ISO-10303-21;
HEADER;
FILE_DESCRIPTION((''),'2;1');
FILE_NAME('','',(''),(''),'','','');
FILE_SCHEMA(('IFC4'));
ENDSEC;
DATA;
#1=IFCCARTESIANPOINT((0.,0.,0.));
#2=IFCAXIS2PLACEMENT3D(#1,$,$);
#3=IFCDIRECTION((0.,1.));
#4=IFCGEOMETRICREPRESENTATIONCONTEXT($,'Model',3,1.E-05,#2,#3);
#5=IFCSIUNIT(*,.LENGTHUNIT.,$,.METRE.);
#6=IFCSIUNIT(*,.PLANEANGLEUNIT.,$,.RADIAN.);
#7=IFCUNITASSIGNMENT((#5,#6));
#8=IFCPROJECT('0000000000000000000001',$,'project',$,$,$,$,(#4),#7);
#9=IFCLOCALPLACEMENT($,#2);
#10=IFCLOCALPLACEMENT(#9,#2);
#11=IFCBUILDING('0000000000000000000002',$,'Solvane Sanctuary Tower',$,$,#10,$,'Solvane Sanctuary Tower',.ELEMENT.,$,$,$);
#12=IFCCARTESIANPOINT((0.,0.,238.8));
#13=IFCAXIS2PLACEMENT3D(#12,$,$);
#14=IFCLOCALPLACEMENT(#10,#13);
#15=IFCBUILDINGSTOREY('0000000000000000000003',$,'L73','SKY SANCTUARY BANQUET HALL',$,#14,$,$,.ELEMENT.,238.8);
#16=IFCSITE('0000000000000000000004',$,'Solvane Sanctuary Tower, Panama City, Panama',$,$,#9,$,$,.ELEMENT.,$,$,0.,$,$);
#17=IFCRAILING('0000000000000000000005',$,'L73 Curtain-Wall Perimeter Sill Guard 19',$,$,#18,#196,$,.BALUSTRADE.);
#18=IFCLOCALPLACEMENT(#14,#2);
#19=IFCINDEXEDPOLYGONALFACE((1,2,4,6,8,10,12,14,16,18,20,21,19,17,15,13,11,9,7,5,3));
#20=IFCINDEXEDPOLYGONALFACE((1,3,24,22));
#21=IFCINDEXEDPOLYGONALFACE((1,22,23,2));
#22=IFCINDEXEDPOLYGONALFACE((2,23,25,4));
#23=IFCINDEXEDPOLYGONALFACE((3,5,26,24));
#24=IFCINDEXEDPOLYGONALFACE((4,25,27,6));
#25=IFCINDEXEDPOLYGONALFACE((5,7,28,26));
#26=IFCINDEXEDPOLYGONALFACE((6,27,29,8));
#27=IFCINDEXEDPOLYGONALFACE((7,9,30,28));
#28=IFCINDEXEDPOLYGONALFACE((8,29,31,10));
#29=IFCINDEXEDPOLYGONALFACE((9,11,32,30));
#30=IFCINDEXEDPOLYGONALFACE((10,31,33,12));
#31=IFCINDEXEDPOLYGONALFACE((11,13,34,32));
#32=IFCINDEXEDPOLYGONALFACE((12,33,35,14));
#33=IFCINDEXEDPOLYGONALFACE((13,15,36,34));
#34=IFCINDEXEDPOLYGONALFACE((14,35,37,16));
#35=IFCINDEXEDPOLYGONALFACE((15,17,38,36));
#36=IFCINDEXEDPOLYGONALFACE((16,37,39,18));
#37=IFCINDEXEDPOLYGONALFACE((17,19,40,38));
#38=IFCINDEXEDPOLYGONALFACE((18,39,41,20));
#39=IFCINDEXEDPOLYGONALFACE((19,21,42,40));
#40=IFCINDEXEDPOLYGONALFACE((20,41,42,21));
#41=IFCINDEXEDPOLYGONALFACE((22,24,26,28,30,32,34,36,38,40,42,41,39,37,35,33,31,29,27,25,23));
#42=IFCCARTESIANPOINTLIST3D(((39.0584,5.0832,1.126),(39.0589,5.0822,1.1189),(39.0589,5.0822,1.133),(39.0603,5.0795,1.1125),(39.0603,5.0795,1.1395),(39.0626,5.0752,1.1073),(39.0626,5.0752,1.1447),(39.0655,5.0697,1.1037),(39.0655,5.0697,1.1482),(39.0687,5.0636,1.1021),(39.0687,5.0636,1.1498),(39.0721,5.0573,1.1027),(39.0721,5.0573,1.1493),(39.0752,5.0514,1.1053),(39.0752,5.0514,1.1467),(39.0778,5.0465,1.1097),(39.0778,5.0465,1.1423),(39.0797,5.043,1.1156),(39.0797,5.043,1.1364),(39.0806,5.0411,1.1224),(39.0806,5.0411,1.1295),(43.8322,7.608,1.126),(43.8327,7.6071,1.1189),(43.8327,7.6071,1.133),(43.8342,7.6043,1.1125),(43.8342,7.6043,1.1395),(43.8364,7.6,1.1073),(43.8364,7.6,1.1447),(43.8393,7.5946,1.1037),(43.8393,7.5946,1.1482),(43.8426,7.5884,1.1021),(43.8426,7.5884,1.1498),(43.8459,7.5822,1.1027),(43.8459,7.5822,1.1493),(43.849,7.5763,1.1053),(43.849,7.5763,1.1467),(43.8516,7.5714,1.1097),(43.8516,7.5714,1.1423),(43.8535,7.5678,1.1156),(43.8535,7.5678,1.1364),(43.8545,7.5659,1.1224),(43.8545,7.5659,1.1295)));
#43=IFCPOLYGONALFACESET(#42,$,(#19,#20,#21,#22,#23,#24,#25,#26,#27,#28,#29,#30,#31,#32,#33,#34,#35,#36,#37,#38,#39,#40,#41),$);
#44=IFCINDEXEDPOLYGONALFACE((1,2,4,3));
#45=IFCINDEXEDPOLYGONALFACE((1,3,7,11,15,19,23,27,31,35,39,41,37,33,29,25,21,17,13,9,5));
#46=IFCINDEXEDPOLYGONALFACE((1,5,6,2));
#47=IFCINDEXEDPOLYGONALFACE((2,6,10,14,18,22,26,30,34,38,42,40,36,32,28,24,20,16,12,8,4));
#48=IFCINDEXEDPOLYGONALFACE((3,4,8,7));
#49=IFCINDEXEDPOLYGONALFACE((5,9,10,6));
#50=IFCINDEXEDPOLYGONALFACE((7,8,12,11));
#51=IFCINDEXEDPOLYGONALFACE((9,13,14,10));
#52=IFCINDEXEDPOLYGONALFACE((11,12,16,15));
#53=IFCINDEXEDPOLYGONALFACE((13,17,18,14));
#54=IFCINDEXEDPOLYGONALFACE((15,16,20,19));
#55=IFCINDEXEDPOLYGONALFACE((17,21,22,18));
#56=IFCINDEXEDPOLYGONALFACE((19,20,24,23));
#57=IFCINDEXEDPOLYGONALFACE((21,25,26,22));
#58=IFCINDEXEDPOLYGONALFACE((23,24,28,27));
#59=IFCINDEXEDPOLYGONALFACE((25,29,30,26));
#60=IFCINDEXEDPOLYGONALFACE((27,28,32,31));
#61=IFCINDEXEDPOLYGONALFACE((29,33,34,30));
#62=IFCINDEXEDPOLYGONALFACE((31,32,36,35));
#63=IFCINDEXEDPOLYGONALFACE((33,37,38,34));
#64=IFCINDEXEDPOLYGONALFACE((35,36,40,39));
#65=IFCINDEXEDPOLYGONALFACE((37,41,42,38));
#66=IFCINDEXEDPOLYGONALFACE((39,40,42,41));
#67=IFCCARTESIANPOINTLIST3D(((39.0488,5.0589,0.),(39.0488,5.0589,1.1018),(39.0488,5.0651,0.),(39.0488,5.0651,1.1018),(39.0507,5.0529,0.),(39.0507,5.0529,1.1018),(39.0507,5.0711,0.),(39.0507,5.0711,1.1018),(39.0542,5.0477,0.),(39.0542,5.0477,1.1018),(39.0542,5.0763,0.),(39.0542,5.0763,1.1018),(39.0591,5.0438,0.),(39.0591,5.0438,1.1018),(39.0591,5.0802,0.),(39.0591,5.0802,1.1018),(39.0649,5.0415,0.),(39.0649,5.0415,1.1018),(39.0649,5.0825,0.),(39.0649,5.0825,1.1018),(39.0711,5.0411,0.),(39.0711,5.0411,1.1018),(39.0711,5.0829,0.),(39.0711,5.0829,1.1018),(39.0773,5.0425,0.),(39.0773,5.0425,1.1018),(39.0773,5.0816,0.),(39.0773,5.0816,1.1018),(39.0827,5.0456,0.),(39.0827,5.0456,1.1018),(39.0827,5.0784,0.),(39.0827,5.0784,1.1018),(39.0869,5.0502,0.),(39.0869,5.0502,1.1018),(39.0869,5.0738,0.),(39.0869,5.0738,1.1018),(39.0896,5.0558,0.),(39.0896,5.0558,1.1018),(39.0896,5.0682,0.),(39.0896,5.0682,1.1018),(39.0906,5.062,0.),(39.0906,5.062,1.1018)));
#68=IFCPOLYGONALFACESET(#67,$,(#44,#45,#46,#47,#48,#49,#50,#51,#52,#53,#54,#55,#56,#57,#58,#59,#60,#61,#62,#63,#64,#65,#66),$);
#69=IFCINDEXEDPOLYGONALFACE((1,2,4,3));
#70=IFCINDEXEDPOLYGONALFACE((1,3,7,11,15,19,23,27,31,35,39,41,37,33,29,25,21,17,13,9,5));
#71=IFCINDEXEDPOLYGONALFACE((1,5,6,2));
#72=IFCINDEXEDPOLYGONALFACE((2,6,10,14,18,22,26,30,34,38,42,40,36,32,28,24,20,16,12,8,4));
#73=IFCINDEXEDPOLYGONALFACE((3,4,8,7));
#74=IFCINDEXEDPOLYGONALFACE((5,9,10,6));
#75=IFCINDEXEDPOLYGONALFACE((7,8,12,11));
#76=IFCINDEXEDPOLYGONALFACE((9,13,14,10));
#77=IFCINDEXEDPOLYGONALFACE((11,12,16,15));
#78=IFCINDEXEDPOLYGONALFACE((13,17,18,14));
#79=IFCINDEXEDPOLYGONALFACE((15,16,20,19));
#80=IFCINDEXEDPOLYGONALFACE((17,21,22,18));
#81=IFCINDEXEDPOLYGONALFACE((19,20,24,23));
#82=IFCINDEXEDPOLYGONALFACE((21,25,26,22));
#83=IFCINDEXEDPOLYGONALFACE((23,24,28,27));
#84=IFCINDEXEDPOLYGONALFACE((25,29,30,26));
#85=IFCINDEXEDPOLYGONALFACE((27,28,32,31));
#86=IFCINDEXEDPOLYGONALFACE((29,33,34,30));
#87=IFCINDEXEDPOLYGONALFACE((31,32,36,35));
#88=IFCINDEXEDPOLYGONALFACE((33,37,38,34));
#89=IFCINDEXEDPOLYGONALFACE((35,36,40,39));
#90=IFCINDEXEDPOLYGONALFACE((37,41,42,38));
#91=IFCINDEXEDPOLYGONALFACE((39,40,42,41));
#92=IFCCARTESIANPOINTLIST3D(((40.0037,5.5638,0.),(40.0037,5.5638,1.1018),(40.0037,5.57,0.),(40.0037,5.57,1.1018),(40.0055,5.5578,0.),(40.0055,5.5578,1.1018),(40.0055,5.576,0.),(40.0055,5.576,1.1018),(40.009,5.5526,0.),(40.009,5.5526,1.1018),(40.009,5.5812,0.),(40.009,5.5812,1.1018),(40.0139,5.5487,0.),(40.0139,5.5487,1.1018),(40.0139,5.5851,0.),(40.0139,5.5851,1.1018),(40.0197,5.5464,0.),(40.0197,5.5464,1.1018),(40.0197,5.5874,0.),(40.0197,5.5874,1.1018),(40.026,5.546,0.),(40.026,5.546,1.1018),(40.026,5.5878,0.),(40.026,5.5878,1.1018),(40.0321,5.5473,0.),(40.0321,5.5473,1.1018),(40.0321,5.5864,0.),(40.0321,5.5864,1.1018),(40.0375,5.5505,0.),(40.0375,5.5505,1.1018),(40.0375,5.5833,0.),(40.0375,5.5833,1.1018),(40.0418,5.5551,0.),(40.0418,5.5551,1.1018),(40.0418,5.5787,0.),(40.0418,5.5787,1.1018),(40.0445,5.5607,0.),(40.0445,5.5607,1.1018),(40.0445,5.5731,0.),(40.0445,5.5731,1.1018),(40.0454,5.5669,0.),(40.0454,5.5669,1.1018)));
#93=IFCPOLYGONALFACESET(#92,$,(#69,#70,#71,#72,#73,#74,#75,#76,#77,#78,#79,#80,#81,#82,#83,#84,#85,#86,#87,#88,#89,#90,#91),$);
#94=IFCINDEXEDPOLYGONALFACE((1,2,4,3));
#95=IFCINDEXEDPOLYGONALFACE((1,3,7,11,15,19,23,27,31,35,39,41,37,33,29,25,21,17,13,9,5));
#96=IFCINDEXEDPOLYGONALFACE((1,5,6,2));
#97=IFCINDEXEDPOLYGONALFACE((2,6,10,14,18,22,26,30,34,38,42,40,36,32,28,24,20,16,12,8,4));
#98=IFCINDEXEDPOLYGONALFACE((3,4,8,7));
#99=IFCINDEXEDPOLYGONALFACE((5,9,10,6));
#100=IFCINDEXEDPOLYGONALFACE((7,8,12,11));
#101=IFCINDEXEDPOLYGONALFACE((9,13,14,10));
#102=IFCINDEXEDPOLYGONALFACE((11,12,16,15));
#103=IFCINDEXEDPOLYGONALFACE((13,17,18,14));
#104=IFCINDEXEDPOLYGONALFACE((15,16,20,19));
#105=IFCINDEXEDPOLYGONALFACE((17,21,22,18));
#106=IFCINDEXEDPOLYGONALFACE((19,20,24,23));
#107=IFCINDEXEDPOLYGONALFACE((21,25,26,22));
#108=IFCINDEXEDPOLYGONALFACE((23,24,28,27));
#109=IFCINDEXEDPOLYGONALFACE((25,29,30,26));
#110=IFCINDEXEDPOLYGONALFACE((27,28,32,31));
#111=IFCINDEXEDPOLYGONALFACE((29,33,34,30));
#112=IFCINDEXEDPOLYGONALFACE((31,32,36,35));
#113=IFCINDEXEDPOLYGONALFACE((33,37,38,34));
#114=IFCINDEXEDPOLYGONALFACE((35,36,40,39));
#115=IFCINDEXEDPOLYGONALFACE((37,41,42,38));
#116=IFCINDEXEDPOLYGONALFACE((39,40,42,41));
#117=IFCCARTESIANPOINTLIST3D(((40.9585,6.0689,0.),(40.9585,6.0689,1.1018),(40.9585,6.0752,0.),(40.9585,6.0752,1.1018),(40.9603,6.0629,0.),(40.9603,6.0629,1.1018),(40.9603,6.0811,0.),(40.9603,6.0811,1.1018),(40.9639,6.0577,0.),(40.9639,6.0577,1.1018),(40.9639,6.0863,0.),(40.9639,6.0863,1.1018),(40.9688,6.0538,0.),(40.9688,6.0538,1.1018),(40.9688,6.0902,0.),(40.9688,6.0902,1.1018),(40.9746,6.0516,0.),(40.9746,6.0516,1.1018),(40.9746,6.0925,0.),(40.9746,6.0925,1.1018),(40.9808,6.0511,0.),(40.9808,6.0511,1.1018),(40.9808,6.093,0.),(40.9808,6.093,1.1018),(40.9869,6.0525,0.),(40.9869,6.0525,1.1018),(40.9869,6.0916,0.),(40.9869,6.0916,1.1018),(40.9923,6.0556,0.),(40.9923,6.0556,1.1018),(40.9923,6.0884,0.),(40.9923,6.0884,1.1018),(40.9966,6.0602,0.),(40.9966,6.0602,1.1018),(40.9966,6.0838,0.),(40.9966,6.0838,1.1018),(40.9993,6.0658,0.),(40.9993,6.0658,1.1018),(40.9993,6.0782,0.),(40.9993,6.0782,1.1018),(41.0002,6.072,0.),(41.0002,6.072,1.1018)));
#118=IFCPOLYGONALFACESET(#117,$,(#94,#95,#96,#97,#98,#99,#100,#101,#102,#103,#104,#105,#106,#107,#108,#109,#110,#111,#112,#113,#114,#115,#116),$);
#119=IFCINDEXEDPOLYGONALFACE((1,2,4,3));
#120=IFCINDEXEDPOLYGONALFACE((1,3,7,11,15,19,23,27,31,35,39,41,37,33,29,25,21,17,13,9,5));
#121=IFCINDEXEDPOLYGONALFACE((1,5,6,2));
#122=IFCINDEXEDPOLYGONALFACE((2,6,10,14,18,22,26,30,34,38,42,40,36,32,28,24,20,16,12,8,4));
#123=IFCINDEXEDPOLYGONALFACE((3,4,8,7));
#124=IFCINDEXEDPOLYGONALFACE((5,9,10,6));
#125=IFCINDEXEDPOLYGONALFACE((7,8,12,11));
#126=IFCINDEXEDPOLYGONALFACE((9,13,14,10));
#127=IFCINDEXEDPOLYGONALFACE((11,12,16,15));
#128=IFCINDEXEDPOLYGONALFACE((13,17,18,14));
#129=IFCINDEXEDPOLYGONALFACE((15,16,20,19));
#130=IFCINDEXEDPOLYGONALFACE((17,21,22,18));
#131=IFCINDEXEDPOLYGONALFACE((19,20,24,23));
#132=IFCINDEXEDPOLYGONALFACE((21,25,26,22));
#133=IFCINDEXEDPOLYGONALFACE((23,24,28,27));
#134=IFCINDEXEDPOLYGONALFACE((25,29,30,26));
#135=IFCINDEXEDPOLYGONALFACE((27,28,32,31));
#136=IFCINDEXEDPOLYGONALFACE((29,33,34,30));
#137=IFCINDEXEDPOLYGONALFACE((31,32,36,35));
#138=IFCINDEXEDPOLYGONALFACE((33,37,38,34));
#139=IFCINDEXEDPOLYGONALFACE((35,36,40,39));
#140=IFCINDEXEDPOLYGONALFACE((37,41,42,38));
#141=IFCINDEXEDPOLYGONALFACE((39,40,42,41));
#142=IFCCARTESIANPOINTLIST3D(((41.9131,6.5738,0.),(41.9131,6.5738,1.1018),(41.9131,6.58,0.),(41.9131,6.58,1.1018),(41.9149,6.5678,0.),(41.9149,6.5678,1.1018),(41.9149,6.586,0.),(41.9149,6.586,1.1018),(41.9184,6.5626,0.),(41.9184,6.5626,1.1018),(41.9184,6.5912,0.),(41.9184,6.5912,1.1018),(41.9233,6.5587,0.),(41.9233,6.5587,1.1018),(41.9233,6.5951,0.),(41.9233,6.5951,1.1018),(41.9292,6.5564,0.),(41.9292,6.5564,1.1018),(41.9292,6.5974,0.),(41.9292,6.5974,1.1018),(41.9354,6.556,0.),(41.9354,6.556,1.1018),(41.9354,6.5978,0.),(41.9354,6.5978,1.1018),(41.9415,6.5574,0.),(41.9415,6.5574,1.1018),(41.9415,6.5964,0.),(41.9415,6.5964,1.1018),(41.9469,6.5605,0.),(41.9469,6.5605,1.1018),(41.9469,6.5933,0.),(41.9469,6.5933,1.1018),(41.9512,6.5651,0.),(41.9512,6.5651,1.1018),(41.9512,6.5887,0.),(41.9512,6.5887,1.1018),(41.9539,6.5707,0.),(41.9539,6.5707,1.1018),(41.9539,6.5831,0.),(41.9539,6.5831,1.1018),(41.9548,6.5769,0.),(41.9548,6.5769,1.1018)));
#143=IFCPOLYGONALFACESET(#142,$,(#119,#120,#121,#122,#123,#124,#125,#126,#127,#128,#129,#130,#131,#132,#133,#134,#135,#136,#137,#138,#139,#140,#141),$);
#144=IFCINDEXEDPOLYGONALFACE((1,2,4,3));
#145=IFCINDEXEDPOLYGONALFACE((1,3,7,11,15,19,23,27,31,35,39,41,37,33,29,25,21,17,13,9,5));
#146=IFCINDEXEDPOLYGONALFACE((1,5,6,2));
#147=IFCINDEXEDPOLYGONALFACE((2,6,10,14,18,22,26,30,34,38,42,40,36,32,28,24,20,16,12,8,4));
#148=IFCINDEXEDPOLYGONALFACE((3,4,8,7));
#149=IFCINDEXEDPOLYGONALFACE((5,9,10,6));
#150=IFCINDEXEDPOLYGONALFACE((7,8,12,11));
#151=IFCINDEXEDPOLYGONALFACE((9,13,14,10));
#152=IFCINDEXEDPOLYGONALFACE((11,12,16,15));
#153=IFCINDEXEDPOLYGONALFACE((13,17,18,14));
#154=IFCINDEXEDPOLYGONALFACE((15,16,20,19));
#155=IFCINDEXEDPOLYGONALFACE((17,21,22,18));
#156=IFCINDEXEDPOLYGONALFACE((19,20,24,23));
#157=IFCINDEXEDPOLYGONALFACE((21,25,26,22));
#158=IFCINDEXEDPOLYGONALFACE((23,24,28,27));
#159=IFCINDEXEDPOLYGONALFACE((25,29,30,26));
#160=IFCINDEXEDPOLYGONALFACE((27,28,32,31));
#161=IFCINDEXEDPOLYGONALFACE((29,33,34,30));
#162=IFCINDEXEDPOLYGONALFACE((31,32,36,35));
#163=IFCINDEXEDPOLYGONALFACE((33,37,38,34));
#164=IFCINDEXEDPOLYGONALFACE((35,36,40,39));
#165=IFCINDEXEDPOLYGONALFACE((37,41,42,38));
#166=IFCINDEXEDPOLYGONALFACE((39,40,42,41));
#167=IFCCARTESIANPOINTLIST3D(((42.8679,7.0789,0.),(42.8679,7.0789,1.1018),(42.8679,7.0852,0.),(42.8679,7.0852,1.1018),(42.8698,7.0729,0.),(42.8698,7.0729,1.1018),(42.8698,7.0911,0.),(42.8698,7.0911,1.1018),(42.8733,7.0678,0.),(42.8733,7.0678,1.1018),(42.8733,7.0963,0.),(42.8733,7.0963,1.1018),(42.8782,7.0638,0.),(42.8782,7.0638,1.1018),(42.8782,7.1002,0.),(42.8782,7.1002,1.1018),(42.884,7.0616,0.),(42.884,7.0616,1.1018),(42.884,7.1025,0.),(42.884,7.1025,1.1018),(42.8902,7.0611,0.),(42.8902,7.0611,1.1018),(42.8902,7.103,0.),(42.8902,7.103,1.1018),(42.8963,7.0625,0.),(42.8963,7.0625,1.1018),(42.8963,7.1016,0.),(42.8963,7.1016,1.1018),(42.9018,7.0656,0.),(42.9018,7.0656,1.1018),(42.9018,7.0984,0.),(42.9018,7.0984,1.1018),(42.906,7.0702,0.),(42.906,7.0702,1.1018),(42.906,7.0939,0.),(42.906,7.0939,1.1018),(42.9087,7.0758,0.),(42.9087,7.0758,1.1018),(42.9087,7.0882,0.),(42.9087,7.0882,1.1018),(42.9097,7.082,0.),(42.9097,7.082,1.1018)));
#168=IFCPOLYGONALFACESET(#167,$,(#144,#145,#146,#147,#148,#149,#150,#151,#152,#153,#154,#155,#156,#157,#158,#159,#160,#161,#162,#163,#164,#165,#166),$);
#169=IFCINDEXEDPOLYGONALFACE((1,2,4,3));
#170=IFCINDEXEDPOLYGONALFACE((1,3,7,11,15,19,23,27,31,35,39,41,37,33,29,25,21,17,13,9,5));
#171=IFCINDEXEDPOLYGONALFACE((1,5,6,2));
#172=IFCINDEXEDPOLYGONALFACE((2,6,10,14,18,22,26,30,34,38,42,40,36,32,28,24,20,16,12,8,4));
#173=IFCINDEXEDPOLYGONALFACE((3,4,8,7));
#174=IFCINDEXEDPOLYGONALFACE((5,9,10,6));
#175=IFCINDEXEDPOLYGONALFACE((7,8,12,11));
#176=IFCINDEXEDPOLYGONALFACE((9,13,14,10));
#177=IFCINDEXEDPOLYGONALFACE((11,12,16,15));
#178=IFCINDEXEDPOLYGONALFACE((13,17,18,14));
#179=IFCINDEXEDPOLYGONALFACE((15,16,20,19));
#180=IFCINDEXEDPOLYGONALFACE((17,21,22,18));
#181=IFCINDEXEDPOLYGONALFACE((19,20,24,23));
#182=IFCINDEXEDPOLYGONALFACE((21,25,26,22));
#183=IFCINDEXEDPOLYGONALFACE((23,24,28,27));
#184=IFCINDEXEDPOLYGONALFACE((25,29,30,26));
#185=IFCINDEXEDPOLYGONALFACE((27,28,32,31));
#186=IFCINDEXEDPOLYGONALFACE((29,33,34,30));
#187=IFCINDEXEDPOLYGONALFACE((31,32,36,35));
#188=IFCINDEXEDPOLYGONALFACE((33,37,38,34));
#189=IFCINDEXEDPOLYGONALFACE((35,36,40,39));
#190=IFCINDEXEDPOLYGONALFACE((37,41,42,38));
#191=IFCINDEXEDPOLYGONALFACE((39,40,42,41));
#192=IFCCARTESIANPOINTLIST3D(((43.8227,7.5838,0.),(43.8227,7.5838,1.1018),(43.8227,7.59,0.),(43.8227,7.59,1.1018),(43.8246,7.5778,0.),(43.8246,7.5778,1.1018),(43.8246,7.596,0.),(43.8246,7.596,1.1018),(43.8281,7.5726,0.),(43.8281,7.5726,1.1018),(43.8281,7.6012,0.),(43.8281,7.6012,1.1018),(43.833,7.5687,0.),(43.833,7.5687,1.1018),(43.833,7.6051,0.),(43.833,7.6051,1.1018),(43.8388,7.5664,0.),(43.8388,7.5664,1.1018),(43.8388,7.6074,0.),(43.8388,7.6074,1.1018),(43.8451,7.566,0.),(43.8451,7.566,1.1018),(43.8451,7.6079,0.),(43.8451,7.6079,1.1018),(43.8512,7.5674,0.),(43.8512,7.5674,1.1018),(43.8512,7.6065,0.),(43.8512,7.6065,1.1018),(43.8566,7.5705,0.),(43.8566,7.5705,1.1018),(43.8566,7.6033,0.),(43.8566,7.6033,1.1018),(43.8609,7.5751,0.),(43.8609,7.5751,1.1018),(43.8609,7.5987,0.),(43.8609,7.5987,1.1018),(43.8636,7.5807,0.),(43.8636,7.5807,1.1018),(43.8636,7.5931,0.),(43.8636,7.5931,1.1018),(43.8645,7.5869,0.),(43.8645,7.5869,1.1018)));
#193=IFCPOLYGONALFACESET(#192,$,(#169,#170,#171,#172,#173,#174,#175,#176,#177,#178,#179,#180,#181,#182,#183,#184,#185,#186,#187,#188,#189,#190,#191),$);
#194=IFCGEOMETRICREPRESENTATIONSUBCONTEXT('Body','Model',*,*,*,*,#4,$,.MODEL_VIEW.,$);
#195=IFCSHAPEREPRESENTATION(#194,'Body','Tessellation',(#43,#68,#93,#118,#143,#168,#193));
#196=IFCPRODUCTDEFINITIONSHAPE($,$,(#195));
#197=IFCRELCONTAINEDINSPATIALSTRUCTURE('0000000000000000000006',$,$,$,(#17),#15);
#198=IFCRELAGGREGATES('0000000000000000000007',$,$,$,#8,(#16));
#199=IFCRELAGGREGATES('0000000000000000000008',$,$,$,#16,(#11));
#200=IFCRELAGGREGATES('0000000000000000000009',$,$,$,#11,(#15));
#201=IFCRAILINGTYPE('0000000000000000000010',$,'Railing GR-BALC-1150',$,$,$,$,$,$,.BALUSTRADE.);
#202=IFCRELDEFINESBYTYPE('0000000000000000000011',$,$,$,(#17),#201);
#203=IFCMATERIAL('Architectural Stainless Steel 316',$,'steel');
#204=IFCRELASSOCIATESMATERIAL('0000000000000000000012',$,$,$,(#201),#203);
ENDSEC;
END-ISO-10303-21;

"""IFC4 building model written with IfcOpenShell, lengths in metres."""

from ifc_helpers import new_model, si_unit, direction, frame, origin, origin_2d, place, context, subcontext, project, spatial, circle, extrude, material, type_object, element, save


model = new_model("IFC4")

# Units and contexts
model_context = context("Model", 3, precision=1e-05, world=origin(), true_north=direction((0.0, 1.0)))
body_context = subcontext(model_context, "Body", "Model", "MODEL_VIEW")
ifc_project = project(units=[si_unit("LENGTHUNIT", "METRE"), si_unit("PLANEANGLEUNIT", "RADIAN")], contexts=[model_context])

# Site, building, storey
site_placement = place(None, origin())
site = spatial("IfcSite", under=ifc_project, at=site_placement, Name="Solvane Sanctuary Tower, Panama City, Panama", CompositionType="ELEMENT", RefElevation=0.0)
building_placement = place(site_placement, origin())
building = spatial("IfcBuilding", under=site, at=building_placement, Name="Solvane Sanctuary Tower", LongName="Solvane Sanctuary Tower", CompositionType="ELEMENT")
storey_placement = place(building_placement, frame((0.0, 0.0, 238.8)))
storey = spatial("IfcBuildingStorey", under=building, at=storey_placement, Name="L73", Description="SKY SANCTUARY BANQUET HALL", CompositionType="ELEMENT", Elevation=238.8)

# Shared definitions
ifc_material_1 = material(Name="Architectural Stainless Steel 316", Category="steel")

# Railing
railing_type = type_object("IfcRailingType", Name="Railing GR-BALC-1150", PredefinedType="BALUSTRADE", material=ifc_material_1)
railing_1_placement = place(storey_placement, frame((39.0696, 5.062, 0.0)))
element("IfcRailing", 1, at=railing_1_placement, inside=storey, type_object=railing_type, Name="L73 Curtain-Wall Perimeter Sill Guard 19", PredefinedType="BALUSTRADE", context=body_context, shape_type="SweptSolid", body=[
    extrude(circle(Radius=0.0239, at=origin_2d()), frame((0.0, 0.0, 1.126), z_axis=(0.883977, 0.46753, 0.0), x_axis=(-0.46753, 0.883977, 0.0)), (0.0, 0.0, 1.0), 5.4004),
    extrude(circle(Radius=0.021, at=origin_2d()), origin(), (0.0, 0.0, 1.0), 1.1018),
    extrude(circle(Radius=0.021, at=origin_2d()), frame((0.9548, 0.5049, 0.0)), (0.0, 0.0, 1.0), 1.1018),
    extrude(circle(Radius=0.021, at=origin_2d()), frame((1.9097, 1.01, 0.0)), (0.0, 0.0, 1.0), 1.1018),
    extrude(circle(Radius=0.021, at=origin_2d()), frame((2.8643, 1.5149, 0.0)), (0.0, 0.0, 1.0), 1.1018),
    extrude(circle(Radius=0.021, at=origin_2d()), frame((3.8191, 2.02, 0.0)), (0.0, 0.0, 1.0), 1.1018),
    extrude(circle(Radius=0.021, at=origin_2d()), frame((4.7739, 2.5249, 0.0)), (0.0, 0.0, 1.0), 1.1018),
])

save(model, "model.ifc")
